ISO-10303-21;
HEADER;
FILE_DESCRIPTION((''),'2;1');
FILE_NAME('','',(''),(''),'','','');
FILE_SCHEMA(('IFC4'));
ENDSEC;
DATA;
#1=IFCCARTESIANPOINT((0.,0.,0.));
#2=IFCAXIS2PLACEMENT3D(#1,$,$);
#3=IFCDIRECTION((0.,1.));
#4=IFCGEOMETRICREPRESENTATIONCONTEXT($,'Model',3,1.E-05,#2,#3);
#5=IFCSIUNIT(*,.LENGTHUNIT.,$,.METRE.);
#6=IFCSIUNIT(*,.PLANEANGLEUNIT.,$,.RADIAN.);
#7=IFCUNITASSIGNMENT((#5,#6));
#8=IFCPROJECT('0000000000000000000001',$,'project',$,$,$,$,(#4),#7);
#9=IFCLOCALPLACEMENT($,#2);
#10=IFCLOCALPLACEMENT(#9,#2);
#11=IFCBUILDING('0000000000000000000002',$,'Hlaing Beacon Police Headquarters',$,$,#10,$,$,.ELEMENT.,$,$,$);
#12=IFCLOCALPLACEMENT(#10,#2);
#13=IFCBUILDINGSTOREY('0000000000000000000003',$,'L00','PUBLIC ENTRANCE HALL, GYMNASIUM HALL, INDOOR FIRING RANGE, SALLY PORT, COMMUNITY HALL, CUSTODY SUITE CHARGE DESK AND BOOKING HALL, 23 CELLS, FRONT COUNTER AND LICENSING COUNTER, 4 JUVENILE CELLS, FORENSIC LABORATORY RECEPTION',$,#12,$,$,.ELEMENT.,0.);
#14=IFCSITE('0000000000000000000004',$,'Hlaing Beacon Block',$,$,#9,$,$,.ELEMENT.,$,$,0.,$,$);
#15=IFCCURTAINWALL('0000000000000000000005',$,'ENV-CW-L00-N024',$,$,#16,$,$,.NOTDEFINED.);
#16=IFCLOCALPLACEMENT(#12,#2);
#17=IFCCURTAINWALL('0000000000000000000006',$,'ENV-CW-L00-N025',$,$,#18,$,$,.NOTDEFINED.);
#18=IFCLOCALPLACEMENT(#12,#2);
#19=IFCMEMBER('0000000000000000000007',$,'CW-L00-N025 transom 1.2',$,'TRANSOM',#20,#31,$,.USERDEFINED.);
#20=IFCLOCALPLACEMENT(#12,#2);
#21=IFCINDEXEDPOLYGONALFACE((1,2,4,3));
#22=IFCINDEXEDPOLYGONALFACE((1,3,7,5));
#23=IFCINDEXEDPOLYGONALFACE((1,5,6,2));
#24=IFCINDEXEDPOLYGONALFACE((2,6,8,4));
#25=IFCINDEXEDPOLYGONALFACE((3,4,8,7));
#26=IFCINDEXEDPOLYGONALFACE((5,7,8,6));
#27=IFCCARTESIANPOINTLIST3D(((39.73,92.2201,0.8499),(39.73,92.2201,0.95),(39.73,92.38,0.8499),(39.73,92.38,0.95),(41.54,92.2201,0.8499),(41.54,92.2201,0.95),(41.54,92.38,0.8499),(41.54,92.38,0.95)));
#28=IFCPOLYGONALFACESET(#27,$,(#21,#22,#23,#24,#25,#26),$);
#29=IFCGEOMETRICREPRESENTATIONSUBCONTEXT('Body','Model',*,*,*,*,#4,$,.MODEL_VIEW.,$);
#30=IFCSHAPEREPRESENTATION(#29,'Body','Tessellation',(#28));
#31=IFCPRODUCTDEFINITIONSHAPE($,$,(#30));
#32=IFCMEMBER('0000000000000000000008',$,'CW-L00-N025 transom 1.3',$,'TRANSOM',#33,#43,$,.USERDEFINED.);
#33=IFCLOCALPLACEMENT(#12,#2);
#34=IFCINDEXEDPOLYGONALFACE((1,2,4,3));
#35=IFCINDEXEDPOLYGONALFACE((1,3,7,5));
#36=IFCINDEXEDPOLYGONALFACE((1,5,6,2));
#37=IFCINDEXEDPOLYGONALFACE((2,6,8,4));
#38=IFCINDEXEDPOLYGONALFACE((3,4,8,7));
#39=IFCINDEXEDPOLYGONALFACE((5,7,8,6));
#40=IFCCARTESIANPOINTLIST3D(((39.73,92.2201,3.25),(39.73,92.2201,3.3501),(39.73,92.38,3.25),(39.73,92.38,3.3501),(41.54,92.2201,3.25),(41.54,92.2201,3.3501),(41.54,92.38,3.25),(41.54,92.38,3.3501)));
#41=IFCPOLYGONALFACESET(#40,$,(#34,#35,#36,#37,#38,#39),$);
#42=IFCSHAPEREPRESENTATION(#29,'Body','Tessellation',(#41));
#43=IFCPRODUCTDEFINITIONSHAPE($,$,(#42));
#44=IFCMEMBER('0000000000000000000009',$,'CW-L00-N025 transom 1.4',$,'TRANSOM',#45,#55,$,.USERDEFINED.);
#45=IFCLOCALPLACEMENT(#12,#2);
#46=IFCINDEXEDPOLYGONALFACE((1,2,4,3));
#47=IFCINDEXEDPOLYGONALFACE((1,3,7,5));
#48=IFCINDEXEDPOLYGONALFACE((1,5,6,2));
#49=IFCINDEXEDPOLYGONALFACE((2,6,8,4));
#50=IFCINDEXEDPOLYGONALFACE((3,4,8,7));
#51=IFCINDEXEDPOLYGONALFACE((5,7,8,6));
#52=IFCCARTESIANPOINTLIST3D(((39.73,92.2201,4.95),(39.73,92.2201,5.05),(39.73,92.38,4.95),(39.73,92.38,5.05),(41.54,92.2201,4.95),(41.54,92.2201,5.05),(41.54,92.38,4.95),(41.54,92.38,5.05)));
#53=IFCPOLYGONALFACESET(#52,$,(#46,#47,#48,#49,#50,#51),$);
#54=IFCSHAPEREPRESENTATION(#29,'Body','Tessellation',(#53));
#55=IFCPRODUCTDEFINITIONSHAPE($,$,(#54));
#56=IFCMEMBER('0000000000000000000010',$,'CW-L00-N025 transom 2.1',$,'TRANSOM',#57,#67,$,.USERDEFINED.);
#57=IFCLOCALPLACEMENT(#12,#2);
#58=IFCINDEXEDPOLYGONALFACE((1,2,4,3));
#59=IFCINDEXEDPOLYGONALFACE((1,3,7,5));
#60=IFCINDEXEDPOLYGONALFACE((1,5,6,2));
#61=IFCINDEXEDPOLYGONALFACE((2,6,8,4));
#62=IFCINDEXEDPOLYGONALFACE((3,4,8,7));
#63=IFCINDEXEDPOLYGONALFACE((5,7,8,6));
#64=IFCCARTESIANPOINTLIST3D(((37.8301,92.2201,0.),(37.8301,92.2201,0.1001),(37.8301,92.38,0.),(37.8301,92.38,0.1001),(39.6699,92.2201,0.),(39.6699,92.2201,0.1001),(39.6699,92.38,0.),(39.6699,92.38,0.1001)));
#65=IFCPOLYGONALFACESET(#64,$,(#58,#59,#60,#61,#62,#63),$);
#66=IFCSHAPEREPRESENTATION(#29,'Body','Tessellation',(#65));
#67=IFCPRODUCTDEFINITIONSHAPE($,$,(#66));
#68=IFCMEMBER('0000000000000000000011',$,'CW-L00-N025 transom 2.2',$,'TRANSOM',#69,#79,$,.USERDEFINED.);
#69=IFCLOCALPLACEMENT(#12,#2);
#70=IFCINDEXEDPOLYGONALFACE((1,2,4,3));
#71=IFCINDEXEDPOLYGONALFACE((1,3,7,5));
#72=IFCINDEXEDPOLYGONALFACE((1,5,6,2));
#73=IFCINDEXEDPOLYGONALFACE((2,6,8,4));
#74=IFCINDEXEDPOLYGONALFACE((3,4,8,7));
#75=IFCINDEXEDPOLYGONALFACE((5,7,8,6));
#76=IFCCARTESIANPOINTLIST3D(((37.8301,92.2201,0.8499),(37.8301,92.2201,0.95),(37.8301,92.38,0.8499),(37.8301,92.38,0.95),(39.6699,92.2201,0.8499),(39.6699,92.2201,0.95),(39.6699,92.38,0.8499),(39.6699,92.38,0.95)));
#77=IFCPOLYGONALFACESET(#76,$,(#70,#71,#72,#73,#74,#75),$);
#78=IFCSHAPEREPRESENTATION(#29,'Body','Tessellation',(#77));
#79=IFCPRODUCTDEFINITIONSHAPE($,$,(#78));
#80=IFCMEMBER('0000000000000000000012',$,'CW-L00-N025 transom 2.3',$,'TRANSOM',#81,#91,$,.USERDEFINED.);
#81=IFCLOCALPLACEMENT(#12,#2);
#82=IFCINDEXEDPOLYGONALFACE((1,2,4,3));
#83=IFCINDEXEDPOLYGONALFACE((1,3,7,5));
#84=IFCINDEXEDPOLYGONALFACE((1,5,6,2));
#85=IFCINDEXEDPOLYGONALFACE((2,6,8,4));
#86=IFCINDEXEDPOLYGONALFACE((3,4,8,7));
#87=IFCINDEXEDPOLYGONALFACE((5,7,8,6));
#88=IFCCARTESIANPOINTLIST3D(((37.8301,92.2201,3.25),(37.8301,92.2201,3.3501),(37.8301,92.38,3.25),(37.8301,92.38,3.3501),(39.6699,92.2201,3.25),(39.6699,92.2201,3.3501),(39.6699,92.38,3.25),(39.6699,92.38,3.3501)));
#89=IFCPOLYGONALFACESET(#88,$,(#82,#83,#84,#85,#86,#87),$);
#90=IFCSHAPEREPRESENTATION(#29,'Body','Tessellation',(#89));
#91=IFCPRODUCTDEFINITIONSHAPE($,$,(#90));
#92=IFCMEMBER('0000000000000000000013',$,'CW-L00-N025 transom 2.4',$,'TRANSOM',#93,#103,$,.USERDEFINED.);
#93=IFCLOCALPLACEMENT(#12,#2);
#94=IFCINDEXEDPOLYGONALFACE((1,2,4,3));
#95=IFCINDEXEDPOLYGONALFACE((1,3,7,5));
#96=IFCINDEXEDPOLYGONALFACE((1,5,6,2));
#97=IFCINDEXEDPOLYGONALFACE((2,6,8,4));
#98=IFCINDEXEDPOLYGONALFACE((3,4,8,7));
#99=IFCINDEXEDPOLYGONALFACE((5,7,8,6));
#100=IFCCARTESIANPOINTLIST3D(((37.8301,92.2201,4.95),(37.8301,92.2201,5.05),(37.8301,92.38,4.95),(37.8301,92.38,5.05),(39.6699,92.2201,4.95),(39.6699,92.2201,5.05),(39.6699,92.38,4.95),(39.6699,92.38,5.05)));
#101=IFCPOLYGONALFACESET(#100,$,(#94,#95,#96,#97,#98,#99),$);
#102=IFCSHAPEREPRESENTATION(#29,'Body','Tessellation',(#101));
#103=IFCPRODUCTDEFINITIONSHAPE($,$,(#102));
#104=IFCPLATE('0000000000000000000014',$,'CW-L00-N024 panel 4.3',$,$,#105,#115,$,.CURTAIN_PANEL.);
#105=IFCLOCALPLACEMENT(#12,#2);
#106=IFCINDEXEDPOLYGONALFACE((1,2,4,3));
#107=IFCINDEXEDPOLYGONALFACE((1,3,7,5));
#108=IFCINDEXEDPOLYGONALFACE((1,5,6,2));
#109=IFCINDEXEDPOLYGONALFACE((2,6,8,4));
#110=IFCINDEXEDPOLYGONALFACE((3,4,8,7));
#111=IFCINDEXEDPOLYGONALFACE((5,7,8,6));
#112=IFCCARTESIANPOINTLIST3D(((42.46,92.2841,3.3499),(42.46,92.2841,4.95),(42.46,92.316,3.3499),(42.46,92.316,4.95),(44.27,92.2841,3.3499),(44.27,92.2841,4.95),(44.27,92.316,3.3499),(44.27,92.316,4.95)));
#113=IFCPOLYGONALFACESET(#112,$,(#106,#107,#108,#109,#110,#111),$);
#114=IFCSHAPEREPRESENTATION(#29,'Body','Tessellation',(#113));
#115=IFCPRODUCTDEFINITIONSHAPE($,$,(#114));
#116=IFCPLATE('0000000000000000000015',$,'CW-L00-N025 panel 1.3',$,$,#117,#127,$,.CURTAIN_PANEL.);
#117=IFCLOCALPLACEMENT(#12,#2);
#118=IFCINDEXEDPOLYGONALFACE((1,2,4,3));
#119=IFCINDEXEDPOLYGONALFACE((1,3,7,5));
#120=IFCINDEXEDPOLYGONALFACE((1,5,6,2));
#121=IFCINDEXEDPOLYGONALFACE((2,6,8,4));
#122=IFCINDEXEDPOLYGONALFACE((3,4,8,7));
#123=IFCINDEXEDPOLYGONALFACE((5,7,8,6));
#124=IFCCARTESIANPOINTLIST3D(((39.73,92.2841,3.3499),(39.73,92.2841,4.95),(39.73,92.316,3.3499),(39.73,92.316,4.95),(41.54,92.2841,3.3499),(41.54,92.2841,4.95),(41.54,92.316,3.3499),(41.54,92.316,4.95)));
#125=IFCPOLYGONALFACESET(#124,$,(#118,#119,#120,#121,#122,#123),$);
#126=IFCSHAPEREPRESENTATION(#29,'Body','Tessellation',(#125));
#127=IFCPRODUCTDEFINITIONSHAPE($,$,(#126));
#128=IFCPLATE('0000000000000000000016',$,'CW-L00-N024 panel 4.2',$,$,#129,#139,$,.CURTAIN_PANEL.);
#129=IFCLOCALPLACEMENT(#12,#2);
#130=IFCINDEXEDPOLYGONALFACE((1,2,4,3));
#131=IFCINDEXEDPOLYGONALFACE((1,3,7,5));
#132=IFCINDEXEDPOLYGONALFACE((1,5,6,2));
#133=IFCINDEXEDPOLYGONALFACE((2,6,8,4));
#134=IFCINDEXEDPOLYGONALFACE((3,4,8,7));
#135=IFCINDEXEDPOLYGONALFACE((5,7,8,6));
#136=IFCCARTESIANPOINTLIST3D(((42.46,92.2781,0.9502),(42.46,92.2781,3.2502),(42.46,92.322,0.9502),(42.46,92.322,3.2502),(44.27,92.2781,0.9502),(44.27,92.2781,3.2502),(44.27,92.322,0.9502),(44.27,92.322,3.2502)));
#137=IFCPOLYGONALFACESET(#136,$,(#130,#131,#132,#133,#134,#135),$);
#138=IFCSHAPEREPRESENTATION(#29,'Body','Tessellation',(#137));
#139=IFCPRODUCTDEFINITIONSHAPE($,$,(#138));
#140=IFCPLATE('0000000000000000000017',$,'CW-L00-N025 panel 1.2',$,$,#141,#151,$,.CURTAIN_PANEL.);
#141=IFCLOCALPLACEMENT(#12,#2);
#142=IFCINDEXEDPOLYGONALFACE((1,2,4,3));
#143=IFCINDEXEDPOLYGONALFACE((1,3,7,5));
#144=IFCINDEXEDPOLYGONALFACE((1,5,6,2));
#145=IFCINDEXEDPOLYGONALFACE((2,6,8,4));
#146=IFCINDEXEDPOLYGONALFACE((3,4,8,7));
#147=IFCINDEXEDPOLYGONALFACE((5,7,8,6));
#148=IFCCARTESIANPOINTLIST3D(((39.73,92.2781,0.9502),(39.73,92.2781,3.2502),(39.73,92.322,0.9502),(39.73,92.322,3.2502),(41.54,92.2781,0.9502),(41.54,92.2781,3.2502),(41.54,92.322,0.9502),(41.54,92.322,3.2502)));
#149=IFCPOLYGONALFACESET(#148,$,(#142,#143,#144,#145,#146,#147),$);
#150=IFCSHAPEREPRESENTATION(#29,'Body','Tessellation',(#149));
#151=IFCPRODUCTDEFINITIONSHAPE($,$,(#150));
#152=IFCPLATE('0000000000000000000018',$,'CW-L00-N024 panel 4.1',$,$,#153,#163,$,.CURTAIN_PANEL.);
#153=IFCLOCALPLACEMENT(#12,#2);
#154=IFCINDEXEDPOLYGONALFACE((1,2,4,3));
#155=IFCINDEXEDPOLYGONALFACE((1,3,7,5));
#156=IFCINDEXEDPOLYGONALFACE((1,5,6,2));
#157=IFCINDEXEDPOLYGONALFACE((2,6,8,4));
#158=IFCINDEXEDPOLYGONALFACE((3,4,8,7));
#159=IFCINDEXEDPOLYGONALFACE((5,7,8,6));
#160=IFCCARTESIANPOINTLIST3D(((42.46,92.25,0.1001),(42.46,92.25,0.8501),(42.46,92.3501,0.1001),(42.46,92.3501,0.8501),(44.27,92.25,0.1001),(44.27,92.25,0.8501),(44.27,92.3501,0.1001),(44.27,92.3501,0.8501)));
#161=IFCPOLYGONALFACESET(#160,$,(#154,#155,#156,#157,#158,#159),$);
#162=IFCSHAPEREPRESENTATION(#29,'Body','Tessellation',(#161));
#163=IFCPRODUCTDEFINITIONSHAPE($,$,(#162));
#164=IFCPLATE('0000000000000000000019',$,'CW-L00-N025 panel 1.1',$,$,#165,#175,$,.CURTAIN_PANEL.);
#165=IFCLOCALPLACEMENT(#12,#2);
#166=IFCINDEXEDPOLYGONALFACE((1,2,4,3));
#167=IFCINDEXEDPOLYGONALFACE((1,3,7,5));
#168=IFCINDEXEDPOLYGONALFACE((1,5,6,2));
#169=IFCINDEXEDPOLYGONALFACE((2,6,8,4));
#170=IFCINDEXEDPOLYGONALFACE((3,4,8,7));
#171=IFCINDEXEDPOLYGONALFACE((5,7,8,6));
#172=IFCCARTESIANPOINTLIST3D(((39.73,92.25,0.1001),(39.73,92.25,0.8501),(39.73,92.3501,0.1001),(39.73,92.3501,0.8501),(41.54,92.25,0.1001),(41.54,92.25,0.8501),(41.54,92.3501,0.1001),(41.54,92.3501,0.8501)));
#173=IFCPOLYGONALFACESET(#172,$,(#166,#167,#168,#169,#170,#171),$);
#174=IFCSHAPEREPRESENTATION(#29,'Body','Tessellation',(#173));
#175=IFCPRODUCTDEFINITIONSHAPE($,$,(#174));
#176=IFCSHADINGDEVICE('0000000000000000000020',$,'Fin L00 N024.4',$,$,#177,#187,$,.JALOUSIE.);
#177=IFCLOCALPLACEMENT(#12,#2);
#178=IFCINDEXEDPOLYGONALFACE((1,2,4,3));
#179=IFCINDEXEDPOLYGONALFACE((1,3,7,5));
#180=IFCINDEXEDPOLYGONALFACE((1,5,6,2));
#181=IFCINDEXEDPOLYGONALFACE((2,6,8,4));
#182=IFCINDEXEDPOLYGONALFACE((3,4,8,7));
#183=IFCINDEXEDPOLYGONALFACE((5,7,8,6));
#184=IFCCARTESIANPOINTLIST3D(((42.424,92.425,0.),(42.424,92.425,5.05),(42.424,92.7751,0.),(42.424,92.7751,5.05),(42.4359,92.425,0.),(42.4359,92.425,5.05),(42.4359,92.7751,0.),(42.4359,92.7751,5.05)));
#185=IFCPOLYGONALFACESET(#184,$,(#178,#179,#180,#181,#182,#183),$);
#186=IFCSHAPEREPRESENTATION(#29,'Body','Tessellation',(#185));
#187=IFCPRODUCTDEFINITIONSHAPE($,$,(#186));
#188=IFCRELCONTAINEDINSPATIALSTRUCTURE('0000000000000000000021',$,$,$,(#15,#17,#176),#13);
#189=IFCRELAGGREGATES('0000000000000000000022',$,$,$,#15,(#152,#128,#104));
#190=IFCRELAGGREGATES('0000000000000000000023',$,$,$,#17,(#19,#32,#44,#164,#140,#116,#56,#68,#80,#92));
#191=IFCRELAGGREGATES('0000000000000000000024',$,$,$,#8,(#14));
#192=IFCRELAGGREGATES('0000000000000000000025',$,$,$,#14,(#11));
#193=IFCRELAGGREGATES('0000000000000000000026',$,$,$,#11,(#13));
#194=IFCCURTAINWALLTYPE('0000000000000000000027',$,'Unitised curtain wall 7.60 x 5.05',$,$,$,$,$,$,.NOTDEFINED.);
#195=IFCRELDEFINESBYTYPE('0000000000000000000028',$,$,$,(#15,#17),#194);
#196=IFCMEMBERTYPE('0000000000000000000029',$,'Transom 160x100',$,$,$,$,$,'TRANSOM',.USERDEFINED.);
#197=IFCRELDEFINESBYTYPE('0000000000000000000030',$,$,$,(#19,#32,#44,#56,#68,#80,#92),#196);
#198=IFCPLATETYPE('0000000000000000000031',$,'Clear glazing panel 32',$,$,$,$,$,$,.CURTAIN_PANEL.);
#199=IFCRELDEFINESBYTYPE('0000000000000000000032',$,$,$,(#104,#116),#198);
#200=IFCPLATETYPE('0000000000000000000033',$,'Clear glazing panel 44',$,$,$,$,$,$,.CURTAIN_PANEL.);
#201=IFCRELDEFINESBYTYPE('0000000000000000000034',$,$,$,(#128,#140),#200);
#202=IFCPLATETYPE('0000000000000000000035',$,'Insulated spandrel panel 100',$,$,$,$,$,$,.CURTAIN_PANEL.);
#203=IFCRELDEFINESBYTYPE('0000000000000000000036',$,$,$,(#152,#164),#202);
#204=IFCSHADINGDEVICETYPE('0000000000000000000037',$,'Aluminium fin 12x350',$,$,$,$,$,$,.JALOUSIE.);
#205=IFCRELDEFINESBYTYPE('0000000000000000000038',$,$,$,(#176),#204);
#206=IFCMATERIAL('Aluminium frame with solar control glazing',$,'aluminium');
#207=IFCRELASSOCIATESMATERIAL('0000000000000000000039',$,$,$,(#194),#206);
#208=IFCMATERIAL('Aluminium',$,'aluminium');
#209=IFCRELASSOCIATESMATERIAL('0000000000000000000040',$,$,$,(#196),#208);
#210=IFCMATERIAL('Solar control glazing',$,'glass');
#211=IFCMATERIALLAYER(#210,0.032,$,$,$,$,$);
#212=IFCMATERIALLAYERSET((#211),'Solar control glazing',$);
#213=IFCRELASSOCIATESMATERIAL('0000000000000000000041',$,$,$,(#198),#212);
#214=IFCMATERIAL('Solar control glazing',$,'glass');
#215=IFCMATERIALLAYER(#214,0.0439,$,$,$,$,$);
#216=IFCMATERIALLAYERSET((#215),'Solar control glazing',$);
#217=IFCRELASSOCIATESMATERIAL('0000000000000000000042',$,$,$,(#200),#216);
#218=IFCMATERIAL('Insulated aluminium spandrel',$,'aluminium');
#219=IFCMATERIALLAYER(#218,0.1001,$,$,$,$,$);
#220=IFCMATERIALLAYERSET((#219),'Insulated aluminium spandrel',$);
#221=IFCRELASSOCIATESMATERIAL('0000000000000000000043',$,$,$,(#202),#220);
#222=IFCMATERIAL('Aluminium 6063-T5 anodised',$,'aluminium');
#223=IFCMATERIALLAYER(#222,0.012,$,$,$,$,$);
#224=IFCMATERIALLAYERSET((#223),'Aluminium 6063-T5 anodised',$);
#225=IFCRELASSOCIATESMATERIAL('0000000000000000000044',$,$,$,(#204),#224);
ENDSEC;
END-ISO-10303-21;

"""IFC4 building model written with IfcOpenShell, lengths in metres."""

from ifc_helpers import new_model, si_unit, direction, frame, origin, origin_2d, place, context, subcontext, project, spatial, rectangle, extrude, material, layer, layer_set, material_profile, profile_set, type_object, element, aggregate, save


model = new_model("IFC4")

# Units and contexts
model_context = context("Model", 3, precision=1e-05, world=origin(), true_north=direction((0.0, 1.0)))
body_context = subcontext(model_context, "Body", "Model", "MODEL_VIEW")
ifc_project = project(units=[si_unit("LENGTHUNIT", "METRE"), si_unit("PLANEANGLEUNIT", "RADIAN")], contexts=[model_context])

# Site, building, storey
site_placement = place(None, origin())
site = spatial("IfcSite", under=ifc_project, at=site_placement, Name="Hlaing Beacon Block", CompositionType="ELEMENT", RefElevation=0.0)
building_placement = place(site_placement, origin())
building = spatial("IfcBuilding", under=site, at=building_placement, Name="Hlaing Beacon Police Headquarters", CompositionType="ELEMENT")
storey_placement = place(building_placement, origin())
storey = spatial("IfcBuildingStorey", under=building, at=storey_placement, Name="L00", Description="PUBLIC ENTRANCE HALL, GYMNASIUM HALL, INDOOR FIRING RANGE, SALLY PORT, COMMUNITY HALL, CUSTODY SUITE CHARGE DESK AND BOOKING HALL, 23 CELLS, FRONT COUNTER AND LICENSING COUNTER, 4 JUVENILE CELLS, FORENSIC LABORATORY RECEPTION", CompositionType="ELEMENT", Elevation=0.0)

# Curtain walls
ifc_material_1 = material(Name="Aluminium frame with solar control glazing", Category="aluminium")
curtain_wall_type = type_object("IfcCurtainWallType", Name="Unitised curtain wall 7.60 x 5.05", PredefinedType="NOTDEFINED", material=ifc_material_1)
curtain_wall_1_placement = place(storey_placement, origin())
curtain_wall_1 = element("IfcCurtainWall", 1, at=curtain_wall_1_placement, inside=storey, type_object=curtain_wall_type, Name="ENV-CW-L00-N024", PredefinedType="NOTDEFINED")
curtain_wall_2_placement = place(storey_placement, origin())
curtain_wall_2 = element("IfcCurtainWall", 2, at=curtain_wall_2_placement, inside=storey, type_object=curtain_wall_type, Name="ENV-CW-L00-N025", PredefinedType="NOTDEFINED")

# Members
ifc_material_2 = material(Name="Aluminium", Category="aluminium")
ifc_material_profile_1 = material_profile(ifc_material_2, rectangle(XDim=0.1599, YDim=0.1001, at=origin_2d()), Name="Transom 160x100")
ifc_profile_set_1 = profile_set([ifc_material_profile_1], Name="Aluminium")
member_type_1 = type_object("IfcMemberType", Name="Transom 160x100", ElementType="TRANSOM", PredefinedType="USERDEFINED", material=ifc_profile_set_1)
member_1_placement = place(storey_placement, frame((41.54, 92.3, 0.8999), z_axis=(-1.0, 0.0, 0.0), x_axis=(0.0, -1.0, 0.0)))
member_1 = element("IfcMember", 3, at=member_1_placement, type_object=member_type_1, Name="CW-L00-N025 transom 1.2", ObjectType="TRANSOM", PredefinedType="USERDEFINED", context=body_context, shape_type="SweptSolid", body=[
    extrude(rectangle(XDim=0.1599, YDim=0.1001, at=origin_2d()), origin(), (0.0, 0.0, 1.0), 1.8101),
])
member_2_placement = place(storey_placement, frame((41.54, 92.3, 3.3), z_axis=(-1.0, 0.0, 0.0), x_axis=(0.0, -1.0, 0.0)))
member_2 = element("IfcMember", 4, at=member_2_placement, type_object=member_type_1, Name="CW-L00-N025 transom 1.3", ObjectType="TRANSOM", PredefinedType="USERDEFINED", context=body_context, shape_type="SweptSolid", body=[
    extrude(rectangle(XDim=0.1599, YDim=0.1001, at=origin_2d()), origin(), (0.0, 0.0, 1.0), 1.8101),
])
member_3_placement = place(storey_placement, frame((41.54, 92.3, 5.0), z_axis=(-1.0, 0.0, 0.0), x_axis=(0.0, -1.0, 0.0)))
member_3 = element("IfcMember", 5, at=member_3_placement, type_object=member_type_1, Name="CW-L00-N025 transom 1.4", ObjectType="TRANSOM", PredefinedType="USERDEFINED", context=body_context, shape_type="SweptSolid", body=[
    extrude(rectangle(XDim=0.1599, YDim=0.1001, at=origin_2d()), origin(), (0.0, 0.0, 1.0), 1.8101),
])
member_4_placement = place(storey_placement, frame((39.6699, 92.3, 0.05), z_axis=(-1.0, 0.0, 0.0), x_axis=(0.0, -1.0, 0.0)))
member_4 = element("IfcMember", 6, at=member_4_placement, type_object=member_type_1, Name="CW-L00-N025 transom 2.1", ObjectType="TRANSOM", PredefinedType="USERDEFINED", context=body_context, shape_type="SweptSolid", body=[
    extrude(rectangle(XDim=0.1599, YDim=0.1001, at=origin_2d()), origin(), (0.0, 0.0, 1.0), 1.8398),
])
member_5_placement = place(storey_placement, frame((39.6699, 92.3, 0.8999), z_axis=(-1.0, 0.0, 0.0), x_axis=(0.0, -1.0, 0.0)))
member_5 = element("IfcMember", 7, at=member_5_placement, type_object=member_type_1, Name="CW-L00-N025 transom 2.2", ObjectType="TRANSOM", PredefinedType="USERDEFINED", context=body_context, shape_type="SweptSolid", body=[
    extrude(rectangle(XDim=0.1599, YDim=0.1001, at=origin_2d()), origin(), (0.0, 0.0, 1.0), 1.8398),
])
member_6_placement = place(storey_placement, frame((39.6699, 92.3, 3.3), z_axis=(-1.0, 0.0, 0.0), x_axis=(0.0, -1.0, 0.0)))
member_6 = element("IfcMember", 8, at=member_6_placement, type_object=member_type_1, Name="CW-L00-N025 transom 2.3", ObjectType="TRANSOM", PredefinedType="USERDEFINED", context=body_context, shape_type="SweptSolid", body=[
    extrude(rectangle(XDim=0.1599, YDim=0.1001, at=origin_2d()), origin(), (0.0, 0.0, 1.0), 1.8398),
])
member_7_placement = place(storey_placement, frame((39.6699, 92.3, 5.0), z_axis=(-1.0, 0.0, 0.0), x_axis=(0.0, -1.0, 0.0)))
member_7 = element("IfcMember", 9, at=member_7_placement, type_object=member_type_1, Name="CW-L00-N025 transom 2.4", ObjectType="TRANSOM", PredefinedType="USERDEFINED", context=body_context, shape_type="SweptSolid", body=[
    extrude(rectangle(XDim=0.1599, YDim=0.1001, at=origin_2d()), origin(), (0.0, 0.0, 1.0), 1.8398),
])

# Plates
ifc_material_3 = material(Name="Solar control glazing", Category="glass")
ifc_layer_1 = layer(ifc_material_3, 0.032)
ifc_layer_set_1 = layer_set([ifc_layer_1], Name="Solar control glazing")
plate_type_1 = type_object("IfcPlateType", Name="Clear glazing panel 32", PredefinedType="CURTAIN_PANEL", material=ifc_layer_set_1)
plate_1_placement = place(storey_placement, frame((43.365, 92.3, 3.3499), z_axis=(0.0, 0.0, 1.0), x_axis=(-1.0, 0.0, 0.0)))
plate_1 = element("IfcPlate", 10, at=plate_1_placement, type_object=plate_type_1, Name="CW-L00-N024 panel 4.3", PredefinedType="CURTAIN_PANEL", context=body_context, shape_type="SweptSolid", body=[
    extrude(rectangle(XDim=1.8101, YDim=0.032, at=origin_2d()), origin(), (0.0, 0.0, 1.0), 1.6001),
])
plate_2_placement = place(storey_placement, frame((40.635, 92.3, 3.3499), z_axis=(0.0, 0.0, 1.0), x_axis=(-1.0, 0.0, 0.0)))
plate_2 = element("IfcPlate", 11, at=plate_2_placement, type_object=plate_type_1, Name="CW-L00-N025 panel 1.3", PredefinedType="CURTAIN_PANEL", context=body_context, shape_type="SweptSolid", body=[
    extrude(rectangle(XDim=1.8101, YDim=0.032, at=origin_2d()), origin(), (0.0, 0.0, 1.0), 1.6001),
])
ifc_material_4 = material(Name="Solar control glazing", Category="glass")
ifc_layer_2 = layer(ifc_material_4, 0.0439)
ifc_layer_set_2 = layer_set([ifc_layer_2], Name="Solar control glazing")
plate_type_2 = type_object("IfcPlateType", Name="Clear glazing panel 44", PredefinedType="CURTAIN_PANEL", material=ifc_layer_set_2)
plate_3_placement = place(storey_placement, frame((43.365, 92.3, 0.9502), z_axis=(0.0, 0.0, 1.0), x_axis=(-1.0, 0.0, 0.0)))
plate_3 = element("IfcPlate", 12, at=plate_3_placement, type_object=plate_type_2, Name="CW-L00-N024 panel 4.2", PredefinedType="CURTAIN_PANEL", context=body_context, shape_type="SweptSolid", body=[
    extrude(rectangle(XDim=1.8101, YDim=0.0439, at=origin_2d()), origin(), (0.0, 0.0, 1.0), 2.3),
])
plate_4_placement = place(storey_placement, frame((40.635, 92.3, 0.9502), z_axis=(0.0, 0.0, 1.0), x_axis=(-1.0, 0.0, 0.0)))
plate_4 = element("IfcPlate", 13, at=plate_4_placement, type_object=plate_type_2, Name="CW-L00-N025 panel 1.2", PredefinedType="CURTAIN_PANEL", context=body_context, shape_type="SweptSolid", body=[
    extrude(rectangle(XDim=1.8101, YDim=0.0439, at=origin_2d()), origin(), (0.0, 0.0, 1.0), 2.3),
])
ifc_material_5 = material(Name="Insulated aluminium spandrel", Category="aluminium")
ifc_layer_3 = layer(ifc_material_5, 0.1001)
ifc_layer_set_3 = layer_set([ifc_layer_3], Name="Insulated aluminium spandrel")
plate_type_3 = type_object("IfcPlateType", Name="Insulated spandrel panel 100", PredefinedType="CURTAIN_PANEL", material=ifc_layer_set_3)
plate_5_placement = place(storey_placement, frame((43.365, 92.3, 0.1001), z_axis=(0.0, 0.0, 1.0), x_axis=(-1.0, 0.0, 0.0)))
plate_5 = element("IfcPlate", 14, at=plate_5_placement, type_object=plate_type_3, Name="CW-L00-N024 panel 4.1", PredefinedType="CURTAIN_PANEL", context=body_context, shape_type="SweptSolid", body=[
    extrude(rectangle(XDim=1.8101, YDim=0.1001, at=origin_2d()), origin(), (0.0, 0.0, 1.0), 0.75),
])
aggregate(curtain_wall_1, [plate_5, plate_3, plate_1])
plate_6_placement = place(storey_placement, frame((40.635, 92.3, 0.1001), z_axis=(0.0, 0.0, 1.0), x_axis=(-1.0, 0.0, 0.0)))
plate_6 = element("IfcPlate", 15, at=plate_6_placement, type_object=plate_type_3, Name="CW-L00-N025 panel 1.1", PredefinedType="CURTAIN_PANEL", context=body_context, shape_type="SweptSolid", body=[
    extrude(rectangle(XDim=1.8101, YDim=0.1001, at=origin_2d()), origin(), (0.0, 0.0, 1.0), 0.75),
])
aggregate(curtain_wall_2, [member_1, member_2, member_3, plate_6, plate_4, plate_2, member_4, member_5, member_6, member_7])

# Shading device
ifc_material_6 = material(Name="Aluminium 6063-T5 anodised", Category="aluminium")
ifc_layer_4 = layer(ifc_material_6, 0.012)
ifc_layer_set_4 = layer_set([ifc_layer_4], Name="Aluminium 6063-T5 anodised")
shading_device_type = type_object("IfcShadingDeviceType", Name="Aluminium fin 12x350", PredefinedType="JALOUSIE", material=ifc_layer_set_4)
for number, where, z_axis, x_axis, name in (
    (16, (42.4299, 92.6001, 0.0), (0.0, 0.0, 1.0), (-1.0, 0.0, 0.0), "Fin L00 N024.4"),
):
    element("IfcShadingDevice", number, at=place(storey_placement, frame(where, z_axis=z_axis, x_axis=x_axis)), inside=storey, type_object=shading_device_type, Name=name, PredefinedType="JALOUSIE", context=body_context, shape_type="SweptSolid", body=[
        extrude(rectangle(XDim=0.012, YDim=0.3501, at=origin_2d()), origin(), (0.0, 0.0, 1.0), 5.05),
    ])

save(model, "model.ifc")
